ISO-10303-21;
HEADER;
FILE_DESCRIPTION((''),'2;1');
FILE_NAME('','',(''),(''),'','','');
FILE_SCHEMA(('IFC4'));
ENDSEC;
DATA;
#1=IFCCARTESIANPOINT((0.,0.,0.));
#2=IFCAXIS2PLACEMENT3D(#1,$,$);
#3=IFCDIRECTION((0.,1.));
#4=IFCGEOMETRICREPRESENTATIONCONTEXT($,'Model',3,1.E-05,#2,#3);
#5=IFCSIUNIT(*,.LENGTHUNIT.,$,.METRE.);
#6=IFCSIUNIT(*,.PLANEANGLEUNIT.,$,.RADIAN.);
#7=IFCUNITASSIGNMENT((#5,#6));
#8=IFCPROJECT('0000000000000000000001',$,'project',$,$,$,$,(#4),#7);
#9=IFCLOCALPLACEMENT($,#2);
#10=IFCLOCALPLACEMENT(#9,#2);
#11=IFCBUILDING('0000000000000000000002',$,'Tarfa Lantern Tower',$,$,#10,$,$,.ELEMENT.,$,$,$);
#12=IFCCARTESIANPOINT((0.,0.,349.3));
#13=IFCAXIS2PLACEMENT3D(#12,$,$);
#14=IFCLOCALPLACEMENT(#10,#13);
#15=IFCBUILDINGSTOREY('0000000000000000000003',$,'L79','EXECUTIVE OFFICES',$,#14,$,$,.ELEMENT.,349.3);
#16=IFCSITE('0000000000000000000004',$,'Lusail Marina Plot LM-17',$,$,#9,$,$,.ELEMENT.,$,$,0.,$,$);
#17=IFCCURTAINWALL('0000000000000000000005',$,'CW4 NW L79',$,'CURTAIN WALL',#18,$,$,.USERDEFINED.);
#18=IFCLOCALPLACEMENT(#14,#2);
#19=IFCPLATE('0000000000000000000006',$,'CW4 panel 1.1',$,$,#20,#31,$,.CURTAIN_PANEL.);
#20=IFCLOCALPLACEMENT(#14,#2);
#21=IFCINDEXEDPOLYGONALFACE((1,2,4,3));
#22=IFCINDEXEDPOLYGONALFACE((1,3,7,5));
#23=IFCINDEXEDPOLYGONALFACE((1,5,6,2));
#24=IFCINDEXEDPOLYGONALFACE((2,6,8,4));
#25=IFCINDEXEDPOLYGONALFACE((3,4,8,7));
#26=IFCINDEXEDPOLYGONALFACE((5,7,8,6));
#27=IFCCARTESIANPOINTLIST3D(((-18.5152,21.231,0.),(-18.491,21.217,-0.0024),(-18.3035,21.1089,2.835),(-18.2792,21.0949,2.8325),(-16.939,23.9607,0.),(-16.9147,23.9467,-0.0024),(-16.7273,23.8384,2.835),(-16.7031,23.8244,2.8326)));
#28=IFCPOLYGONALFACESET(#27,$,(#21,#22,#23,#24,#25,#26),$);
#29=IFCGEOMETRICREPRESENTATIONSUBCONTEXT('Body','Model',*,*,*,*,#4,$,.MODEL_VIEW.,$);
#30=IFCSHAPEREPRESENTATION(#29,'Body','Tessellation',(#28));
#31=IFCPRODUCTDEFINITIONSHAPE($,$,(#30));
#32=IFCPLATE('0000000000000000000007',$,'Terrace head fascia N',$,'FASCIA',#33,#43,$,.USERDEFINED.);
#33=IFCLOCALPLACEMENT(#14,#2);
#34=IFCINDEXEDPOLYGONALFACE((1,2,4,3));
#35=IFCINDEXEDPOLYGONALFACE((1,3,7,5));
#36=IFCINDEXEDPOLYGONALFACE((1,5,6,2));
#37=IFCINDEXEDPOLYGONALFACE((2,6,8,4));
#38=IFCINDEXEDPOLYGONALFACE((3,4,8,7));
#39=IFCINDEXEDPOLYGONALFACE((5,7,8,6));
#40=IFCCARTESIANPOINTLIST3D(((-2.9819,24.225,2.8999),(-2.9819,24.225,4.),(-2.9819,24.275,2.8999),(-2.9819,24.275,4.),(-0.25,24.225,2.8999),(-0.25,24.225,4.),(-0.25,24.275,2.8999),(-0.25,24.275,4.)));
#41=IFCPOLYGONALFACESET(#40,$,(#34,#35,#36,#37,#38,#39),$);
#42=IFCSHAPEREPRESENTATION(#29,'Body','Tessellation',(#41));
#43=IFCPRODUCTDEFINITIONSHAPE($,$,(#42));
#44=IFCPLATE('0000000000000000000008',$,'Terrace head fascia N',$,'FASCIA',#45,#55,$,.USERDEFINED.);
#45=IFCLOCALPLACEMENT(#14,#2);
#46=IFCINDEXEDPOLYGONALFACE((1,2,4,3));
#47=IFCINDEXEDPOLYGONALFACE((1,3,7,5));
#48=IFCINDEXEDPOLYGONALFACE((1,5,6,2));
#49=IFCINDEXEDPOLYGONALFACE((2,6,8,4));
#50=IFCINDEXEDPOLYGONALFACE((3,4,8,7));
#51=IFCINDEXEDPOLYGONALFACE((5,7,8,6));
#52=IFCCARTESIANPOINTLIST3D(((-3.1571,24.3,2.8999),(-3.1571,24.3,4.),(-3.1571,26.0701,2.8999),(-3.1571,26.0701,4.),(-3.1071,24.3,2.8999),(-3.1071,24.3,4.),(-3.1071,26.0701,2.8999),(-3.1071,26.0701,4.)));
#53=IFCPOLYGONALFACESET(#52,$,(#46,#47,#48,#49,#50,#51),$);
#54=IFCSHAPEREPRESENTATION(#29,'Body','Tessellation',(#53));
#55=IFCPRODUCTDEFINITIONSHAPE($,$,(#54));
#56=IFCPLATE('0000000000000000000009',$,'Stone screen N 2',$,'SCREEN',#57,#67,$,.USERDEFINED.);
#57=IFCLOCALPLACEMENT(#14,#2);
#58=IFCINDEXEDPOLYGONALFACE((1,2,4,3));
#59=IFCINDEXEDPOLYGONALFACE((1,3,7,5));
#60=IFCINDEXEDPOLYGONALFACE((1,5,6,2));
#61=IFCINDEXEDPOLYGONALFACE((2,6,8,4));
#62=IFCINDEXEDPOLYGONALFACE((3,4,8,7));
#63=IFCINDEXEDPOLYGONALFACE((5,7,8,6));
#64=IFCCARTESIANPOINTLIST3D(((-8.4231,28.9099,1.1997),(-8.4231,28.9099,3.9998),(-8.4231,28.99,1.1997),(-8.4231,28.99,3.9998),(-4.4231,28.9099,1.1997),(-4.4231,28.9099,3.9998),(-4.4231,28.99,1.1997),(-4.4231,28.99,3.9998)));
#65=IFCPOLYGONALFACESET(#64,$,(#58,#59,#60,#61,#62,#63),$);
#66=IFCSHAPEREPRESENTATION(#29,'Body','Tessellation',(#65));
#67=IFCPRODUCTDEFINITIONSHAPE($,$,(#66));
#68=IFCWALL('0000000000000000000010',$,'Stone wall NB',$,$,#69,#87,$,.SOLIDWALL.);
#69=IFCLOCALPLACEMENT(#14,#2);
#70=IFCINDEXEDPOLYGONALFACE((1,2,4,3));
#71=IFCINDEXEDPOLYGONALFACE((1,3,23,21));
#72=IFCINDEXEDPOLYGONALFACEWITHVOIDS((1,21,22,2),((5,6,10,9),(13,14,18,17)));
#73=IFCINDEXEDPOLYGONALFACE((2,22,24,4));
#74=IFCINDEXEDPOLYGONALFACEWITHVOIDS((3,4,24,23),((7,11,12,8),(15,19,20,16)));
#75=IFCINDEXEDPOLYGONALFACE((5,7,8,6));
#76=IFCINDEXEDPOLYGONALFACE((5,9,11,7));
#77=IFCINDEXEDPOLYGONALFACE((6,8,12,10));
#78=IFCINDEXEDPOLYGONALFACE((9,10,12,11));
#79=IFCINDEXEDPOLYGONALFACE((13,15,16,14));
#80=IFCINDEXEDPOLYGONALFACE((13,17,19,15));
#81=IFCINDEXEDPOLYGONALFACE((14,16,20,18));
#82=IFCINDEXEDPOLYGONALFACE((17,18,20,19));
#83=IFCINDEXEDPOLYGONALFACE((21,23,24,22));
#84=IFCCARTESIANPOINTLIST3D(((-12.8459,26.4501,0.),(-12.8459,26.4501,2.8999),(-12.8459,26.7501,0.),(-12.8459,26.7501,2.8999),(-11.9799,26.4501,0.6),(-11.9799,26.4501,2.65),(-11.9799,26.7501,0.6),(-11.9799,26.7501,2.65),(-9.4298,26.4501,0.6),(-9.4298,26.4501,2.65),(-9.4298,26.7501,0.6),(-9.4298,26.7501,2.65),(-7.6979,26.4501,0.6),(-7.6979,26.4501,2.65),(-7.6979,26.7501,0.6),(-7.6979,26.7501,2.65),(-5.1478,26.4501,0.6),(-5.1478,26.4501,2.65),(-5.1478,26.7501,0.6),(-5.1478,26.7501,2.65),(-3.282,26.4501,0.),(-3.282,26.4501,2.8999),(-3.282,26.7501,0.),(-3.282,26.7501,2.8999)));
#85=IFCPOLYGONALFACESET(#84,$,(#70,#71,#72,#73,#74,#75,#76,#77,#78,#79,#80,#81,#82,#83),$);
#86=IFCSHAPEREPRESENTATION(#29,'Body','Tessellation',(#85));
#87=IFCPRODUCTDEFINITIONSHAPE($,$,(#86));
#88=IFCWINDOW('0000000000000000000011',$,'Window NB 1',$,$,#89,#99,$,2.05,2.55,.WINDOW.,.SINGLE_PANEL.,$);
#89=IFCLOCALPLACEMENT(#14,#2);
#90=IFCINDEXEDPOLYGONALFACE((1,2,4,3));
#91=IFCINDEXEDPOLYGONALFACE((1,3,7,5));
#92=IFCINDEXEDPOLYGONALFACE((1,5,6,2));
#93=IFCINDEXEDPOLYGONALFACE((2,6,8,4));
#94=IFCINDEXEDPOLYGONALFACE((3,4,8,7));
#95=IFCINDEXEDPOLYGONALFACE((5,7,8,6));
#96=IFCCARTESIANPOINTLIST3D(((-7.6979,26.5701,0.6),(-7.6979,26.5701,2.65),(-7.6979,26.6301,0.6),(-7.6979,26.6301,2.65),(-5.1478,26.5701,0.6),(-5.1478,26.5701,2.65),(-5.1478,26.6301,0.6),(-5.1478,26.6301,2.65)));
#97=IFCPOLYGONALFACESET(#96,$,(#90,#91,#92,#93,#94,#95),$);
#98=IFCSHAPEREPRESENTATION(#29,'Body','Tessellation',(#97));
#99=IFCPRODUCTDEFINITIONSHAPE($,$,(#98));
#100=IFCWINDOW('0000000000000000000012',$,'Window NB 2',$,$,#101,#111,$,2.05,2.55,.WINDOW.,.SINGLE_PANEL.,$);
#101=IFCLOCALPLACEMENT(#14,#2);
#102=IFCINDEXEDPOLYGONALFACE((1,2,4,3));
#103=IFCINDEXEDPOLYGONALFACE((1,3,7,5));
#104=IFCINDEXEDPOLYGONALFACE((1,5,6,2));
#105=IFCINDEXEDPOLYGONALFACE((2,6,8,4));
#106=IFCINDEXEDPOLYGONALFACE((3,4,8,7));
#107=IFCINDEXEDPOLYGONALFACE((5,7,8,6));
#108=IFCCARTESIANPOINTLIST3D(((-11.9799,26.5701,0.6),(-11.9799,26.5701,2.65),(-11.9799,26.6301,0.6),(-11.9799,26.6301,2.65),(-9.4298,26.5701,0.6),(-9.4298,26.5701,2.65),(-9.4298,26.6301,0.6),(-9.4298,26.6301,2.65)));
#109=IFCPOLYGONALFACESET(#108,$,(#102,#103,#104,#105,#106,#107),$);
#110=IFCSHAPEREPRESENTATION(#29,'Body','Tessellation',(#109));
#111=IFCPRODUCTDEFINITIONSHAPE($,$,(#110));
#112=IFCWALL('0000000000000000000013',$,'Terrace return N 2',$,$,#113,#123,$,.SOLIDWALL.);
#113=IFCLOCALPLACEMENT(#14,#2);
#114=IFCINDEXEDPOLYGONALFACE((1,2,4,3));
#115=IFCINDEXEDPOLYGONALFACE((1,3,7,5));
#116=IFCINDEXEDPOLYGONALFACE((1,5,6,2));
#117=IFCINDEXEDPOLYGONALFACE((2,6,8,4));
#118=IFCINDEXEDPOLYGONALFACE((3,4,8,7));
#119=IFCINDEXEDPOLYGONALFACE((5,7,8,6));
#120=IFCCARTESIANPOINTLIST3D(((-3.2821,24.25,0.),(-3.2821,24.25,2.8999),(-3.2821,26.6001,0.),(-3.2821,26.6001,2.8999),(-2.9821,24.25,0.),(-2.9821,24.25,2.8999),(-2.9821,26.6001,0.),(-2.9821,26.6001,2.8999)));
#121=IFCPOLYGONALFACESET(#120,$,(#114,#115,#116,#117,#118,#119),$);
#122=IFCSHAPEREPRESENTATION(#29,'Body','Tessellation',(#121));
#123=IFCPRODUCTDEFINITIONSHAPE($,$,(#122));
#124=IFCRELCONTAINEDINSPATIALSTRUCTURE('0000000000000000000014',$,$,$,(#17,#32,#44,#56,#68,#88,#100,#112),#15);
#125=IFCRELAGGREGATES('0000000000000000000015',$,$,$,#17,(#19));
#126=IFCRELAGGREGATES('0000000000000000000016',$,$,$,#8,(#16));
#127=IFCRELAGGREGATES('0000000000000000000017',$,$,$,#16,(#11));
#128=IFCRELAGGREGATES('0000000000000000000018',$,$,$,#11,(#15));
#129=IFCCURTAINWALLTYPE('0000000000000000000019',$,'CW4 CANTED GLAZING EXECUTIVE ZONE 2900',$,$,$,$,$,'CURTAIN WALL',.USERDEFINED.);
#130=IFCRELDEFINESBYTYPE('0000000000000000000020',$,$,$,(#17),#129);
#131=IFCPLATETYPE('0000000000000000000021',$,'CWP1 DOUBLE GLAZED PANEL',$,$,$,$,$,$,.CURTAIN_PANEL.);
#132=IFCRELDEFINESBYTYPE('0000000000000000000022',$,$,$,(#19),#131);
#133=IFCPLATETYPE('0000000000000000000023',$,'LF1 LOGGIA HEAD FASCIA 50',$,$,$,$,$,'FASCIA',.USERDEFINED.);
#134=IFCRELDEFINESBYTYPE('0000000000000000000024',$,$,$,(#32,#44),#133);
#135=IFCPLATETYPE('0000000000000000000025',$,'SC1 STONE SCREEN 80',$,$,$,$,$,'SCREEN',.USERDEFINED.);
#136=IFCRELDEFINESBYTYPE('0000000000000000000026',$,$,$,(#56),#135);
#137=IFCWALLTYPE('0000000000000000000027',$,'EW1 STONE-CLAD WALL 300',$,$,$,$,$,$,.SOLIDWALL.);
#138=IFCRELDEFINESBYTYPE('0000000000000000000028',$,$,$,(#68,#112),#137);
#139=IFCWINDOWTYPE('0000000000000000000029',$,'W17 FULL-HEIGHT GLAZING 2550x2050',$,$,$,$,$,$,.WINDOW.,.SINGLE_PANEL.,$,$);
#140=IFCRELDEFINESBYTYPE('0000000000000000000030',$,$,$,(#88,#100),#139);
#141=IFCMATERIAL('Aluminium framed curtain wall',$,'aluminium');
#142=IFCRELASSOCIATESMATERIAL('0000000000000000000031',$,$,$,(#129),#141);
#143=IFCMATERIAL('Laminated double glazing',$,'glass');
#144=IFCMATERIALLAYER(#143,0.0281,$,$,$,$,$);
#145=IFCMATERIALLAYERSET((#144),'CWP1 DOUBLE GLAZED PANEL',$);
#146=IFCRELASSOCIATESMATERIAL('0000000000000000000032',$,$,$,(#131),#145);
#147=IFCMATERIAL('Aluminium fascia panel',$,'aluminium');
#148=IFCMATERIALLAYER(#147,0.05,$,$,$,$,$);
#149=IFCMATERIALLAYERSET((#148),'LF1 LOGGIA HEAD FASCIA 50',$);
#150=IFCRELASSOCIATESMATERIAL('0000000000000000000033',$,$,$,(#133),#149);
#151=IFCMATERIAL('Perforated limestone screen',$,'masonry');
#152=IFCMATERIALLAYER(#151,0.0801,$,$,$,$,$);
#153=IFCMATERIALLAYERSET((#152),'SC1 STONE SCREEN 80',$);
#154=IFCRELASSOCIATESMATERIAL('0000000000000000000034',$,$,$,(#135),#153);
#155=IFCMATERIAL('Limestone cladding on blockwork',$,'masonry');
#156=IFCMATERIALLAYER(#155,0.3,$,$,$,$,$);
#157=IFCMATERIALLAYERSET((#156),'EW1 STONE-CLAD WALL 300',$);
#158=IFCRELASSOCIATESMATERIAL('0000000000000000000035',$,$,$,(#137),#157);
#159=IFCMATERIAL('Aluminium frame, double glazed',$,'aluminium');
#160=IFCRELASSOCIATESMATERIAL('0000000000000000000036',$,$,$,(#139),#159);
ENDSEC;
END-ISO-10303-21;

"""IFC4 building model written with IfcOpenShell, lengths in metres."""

from ifc_helpers import new_model, si_unit, direction, frame, frame_2d, origin, origin_2d, place, context, subcontext, project, spatial, polyline, rectangle, outline, extrude, material, layer, layer_set, type_object, element, fill, aggregate, save


model = new_model("IFC4")

# Units and contexts
model_context = context("Model", 3, precision=1e-05, world=origin(), true_north=direction((0.0, 1.0)))
body_context = subcontext(model_context, "Body", "Model", "MODEL_VIEW")
ifc_project = project(units=[si_unit("LENGTHUNIT", "METRE"), si_unit("PLANEANGLEUNIT", "RADIAN")], contexts=[model_context])

# Site, building, storey
site_placement = place(None, origin())
site = spatial("IfcSite", under=ifc_project, at=site_placement, Name="Lusail Marina Plot LM-17", CompositionType="ELEMENT", RefElevation=0.0)
building_placement = place(site_placement, origin())
building = spatial("IfcBuilding", under=site, at=building_placement, Name="Tarfa Lantern Tower", CompositionType="ELEMENT")
storey_placement = place(building_placement, frame((0.0, 0.0, 349.3)))
storey = spatial("IfcBuildingStorey", under=building, at=storey_placement, Name="L79", Description="EXECUTIVE OFFICES", CompositionType="ELEMENT", Elevation=349.3)

# Curtain wall
ifc_material_1 = material(Name="Aluminium framed curtain wall", Category="aluminium")
curtain_wall_type = type_object("IfcCurtainWallType", Name="CW4 CANTED GLAZING EXECUTIVE ZONE 2900", ElementType="CURTAIN WALL", PredefinedType="USERDEFINED", material=ifc_material_1)
curtain_wall_placement = place(storey_placement, origin())
curtain_wall = element("IfcCurtainWall", 1, at=curtain_wall_placement, inside=storey, type_object=curtain_wall_type, Name="CW4 NW L79", ObjectType="CURTAIN WALL", PredefinedType="USERDEFINED")

# Plate
ifc_material_2 = material(Name="Laminated double glazing", Category="glass")
ifc_layer_1 = layer(ifc_material_2, 0.0281)
ifc_layer_set_1 = layer_set([ifc_layer_1], Name="CWP1 DOUBLE GLAZED PANEL")
plate_type_1 = type_object("IfcPlateType", Name="CWP1 DOUBLE GLAZED PANEL", PredefinedType="CURTAIN_PANEL", material=ifc_layer_set_1)
plate_1_placement = place(storey_placement, frame((-16.939, 23.9607, 0.0), z_axis=(-0.862794, 0.498206, 0.085893), x_axis=(-0.500054, -0.865994, 0.000002)))
plate_1 = element("IfcPlate", 2, at=plate_1_placement, type_object=plate_type_1, Name="CW4 panel 1.1", PredefinedType="CURTAIN_PANEL", context=body_context, shape_type="SweptSolid", body=[
    extrude(outline(polyline([(0.0, 0.0), (3.1521, 0.0), (3.152, 2.8455), (0.0001, 2.8455), (0.0, 0.0)])), origin(), (0.0, 0.0, -1.0), 0.0281),
])
aggregate(curtain_wall, [plate_1])

# Plates
ifc_material_3 = material(Name="Aluminium fascia panel", Category="aluminium")
ifc_layer_2 = layer(ifc_material_3, 0.05)
ifc_layer_set_2 = layer_set([ifc_layer_2], Name="LF1 LOGGIA HEAD FASCIA 50")
plate_type_2 = type_object("IfcPlateType", Name="LF1 LOGGIA HEAD FASCIA 50", ElementType="FASCIA", PredefinedType="USERDEFINED", material=ifc_layer_set_2)
plate_2_placement = place(storey_placement, frame((-1.616, 24.25, 2.8999), z_axis=(0.0, 0.0, 1.0), x_axis=(-1.0, 0.0, 0.0)))
element("IfcPlate", 3, at=plate_2_placement, inside=storey, type_object=plate_type_2, Name="Terrace head fascia N", ObjectType="FASCIA", PredefinedType="USERDEFINED", context=body_context, shape_type="SweptSolid", body=[
    extrude(rectangle(XDim=2.7319, YDim=0.05, at=origin_2d()), origin(), (0.0, 0.0, 1.0), 1.1001),
])
plate_3_placement = place(storey_placement, frame((-3.1321, 25.1851, 2.8999), z_axis=(0.0, 0.0, 1.0), x_axis=(0.0, -1.0, 0.0)))
element("IfcPlate", 4, at=plate_3_placement, inside=storey, type_object=plate_type_2, Name="Terrace head fascia N", ObjectType="FASCIA", PredefinedType="USERDEFINED", context=body_context, shape_type="SweptSolid", body=[
    extrude(rectangle(XDim=1.77, YDim=0.05, at=origin_2d()), origin(), (0.0, 0.0, 1.0), 1.1001),
])
ifc_material_4 = material(Name="Perforated limestone screen", Category="masonry")
ifc_layer_3 = layer(ifc_material_4, 0.0801)
ifc_layer_set_3 = layer_set([ifc_layer_3], Name="SC1 STONE SCREEN 80")
plate_type_3 = type_object("IfcPlateType", Name="SC1 STONE SCREEN 80", ElementType="SCREEN", PredefinedType="USERDEFINED", material=ifc_layer_set_3)
plate_4_placement = place(storey_placement, frame((-6.4231, 28.95, 1.1997), z_axis=(0.0, 0.0, 1.0), x_axis=(-1.0, 0.0, 0.0)))
element("IfcPlate", 5, at=plate_4_placement, inside=storey, type_object=plate_type_3, Name="Stone screen N 2", ObjectType="SCREEN", PredefinedType="USERDEFINED", context=body_context, shape_type="SweptSolid", body=[
    extrude(rectangle(XDim=4.0, YDim=0.0801, at=origin_2d()), origin(), (0.0, 0.0, 1.0), 2.8),
])

# Wall, openings, windows
ifc_material_5 = material(Name="Limestone cladding on blockwork", Category="masonry")
ifc_layer_4 = layer(ifc_material_5, 0.3)
ifc_layer_set_4 = layer_set([ifc_layer_4], Name="EW1 STONE-CLAD WALL 300")
wall_type = type_object("IfcWallType", Name="EW1 STONE-CLAD WALL 300", PredefinedType="SOLIDWALL", material=ifc_layer_set_4)
wall_1_placement = place(storey_placement, frame((-3.282, 26.6001, 0.0), z_axis=(0.0, 0.0, 1.0), x_axis=(-1.0, 0.0, 0.0)))
wall_1 = element("IfcWall", 6, at=wall_1_placement, inside=storey, type_object=wall_type, Name="Stone wall NB", PredefinedType="SOLIDWALL", context=body_context, shape_type="SweptSolid", body=[
    extrude(rectangle(XDim=9.564, YDim=0.3, at=frame_2d((4.782, 0.0))), origin(), (0.0, 0.0, 1.0), 2.8999),
])
opening_1_placement = place(wall_1_placement, frame((1.866, 0.0, 0.6001)))
opening_1 = element("IfcOpeningElement", 7, at=opening_1_placement, cuts=wall_1, PredefinedType="OPENING", context=body_context, shape_type="SweptSolid", body=[
    extrude(rectangle(XDim=2.55, YDim=2.05, at=frame_2d((1.2749, 1.0249))), frame((0.0, 0.1599, 0.0), z_axis=(0.0, -1.0, 0.0), x_axis=(1.0, 0.0, 0.0)), (0.0, 0.0, 1.0), 0.3201),
])
opening_2_placement = place(wall_1_placement, frame((6.1479, 0.0, 0.6001)))
opening_2 = element("IfcOpeningElement", 8, at=opening_2_placement, cuts=wall_1, PredefinedType="OPENING", context=body_context, shape_type="SweptSolid", body=[
    extrude(rectangle(XDim=2.55, YDim=2.05, at=frame_2d((1.2749, 1.0249))), frame((0.0, 0.1599, 0.0), z_axis=(0.0, -1.0, 0.0), x_axis=(1.0, 0.0, 0.0)), (0.0, 0.0, 1.0), 0.3201),
])
ifc_material_6 = material(Name="Aluminium frame, double glazed", Category="aluminium")
window_type = type_object("IfcWindowType", Name="W17 FULL-HEIGHT GLAZING 2550x2050", PartitioningType="SINGLE_PANEL", PredefinedType="WINDOW", material=ifc_material_6)
window_1_placement = place(opening_1_placement, origin())
window_1 = element("IfcWindow", 9, at=window_1_placement, inside=storey, type_object=window_type, Name="Window NB 1", OverallHeight=2.05, OverallWidth=2.55, PartitioningType="SINGLE_PANEL", PredefinedType="WINDOW", context=body_context, shape_type="SweptSolid", body=[
    extrude(rectangle(XDim=2.55, YDim=2.05, at=frame_2d((1.2749, 1.0249))), frame((0.0, 0.03, 0.0), z_axis=(0.0, -1.0, 0.0), x_axis=(1.0, 0.0, 0.0)), (0.0, 0.0, 1.0), 0.0601),
])
fill(opening_1, window_1)
window_2_placement = place(opening_2_placement, origin())
window_2 = element("IfcWindow", 10, at=window_2_placement, inside=storey, type_object=window_type, Name="Window NB 2", OverallHeight=2.05, OverallWidth=2.55, PartitioningType="SINGLE_PANEL", PredefinedType="WINDOW", context=body_context, shape_type="SweptSolid", body=[
    extrude(rectangle(XDim=2.55, YDim=2.05, at=frame_2d((1.2749, 1.0249))), frame((0.0, 0.03, 0.0), z_axis=(0.0, -1.0, 0.0), x_axis=(1.0, 0.0, 0.0)), (0.0, 0.0, 1.0), 0.0601),
])
fill(opening_2, window_2)

# Wall
wall_2_placement = place(storey_placement, frame((-3.1321, 26.6001, 0.0), z_axis=(0.0, 0.0, 1.0), x_axis=(0.0, -1.0, 0.0)))
element("IfcWall", 11, at=wall_2_placement, inside=storey, type_object=wall_type, Name="Terrace return N 2", PredefinedType="SOLIDWALL", context=body_context, shape_type="SweptSolid", body=[
    extrude(rectangle(XDim=2.3501, YDim=0.3, at=frame_2d((1.175, 0.0))), origin(), (0.0, 0.0, 1.0), 2.8999),
])

save(model, "model.ifc")
